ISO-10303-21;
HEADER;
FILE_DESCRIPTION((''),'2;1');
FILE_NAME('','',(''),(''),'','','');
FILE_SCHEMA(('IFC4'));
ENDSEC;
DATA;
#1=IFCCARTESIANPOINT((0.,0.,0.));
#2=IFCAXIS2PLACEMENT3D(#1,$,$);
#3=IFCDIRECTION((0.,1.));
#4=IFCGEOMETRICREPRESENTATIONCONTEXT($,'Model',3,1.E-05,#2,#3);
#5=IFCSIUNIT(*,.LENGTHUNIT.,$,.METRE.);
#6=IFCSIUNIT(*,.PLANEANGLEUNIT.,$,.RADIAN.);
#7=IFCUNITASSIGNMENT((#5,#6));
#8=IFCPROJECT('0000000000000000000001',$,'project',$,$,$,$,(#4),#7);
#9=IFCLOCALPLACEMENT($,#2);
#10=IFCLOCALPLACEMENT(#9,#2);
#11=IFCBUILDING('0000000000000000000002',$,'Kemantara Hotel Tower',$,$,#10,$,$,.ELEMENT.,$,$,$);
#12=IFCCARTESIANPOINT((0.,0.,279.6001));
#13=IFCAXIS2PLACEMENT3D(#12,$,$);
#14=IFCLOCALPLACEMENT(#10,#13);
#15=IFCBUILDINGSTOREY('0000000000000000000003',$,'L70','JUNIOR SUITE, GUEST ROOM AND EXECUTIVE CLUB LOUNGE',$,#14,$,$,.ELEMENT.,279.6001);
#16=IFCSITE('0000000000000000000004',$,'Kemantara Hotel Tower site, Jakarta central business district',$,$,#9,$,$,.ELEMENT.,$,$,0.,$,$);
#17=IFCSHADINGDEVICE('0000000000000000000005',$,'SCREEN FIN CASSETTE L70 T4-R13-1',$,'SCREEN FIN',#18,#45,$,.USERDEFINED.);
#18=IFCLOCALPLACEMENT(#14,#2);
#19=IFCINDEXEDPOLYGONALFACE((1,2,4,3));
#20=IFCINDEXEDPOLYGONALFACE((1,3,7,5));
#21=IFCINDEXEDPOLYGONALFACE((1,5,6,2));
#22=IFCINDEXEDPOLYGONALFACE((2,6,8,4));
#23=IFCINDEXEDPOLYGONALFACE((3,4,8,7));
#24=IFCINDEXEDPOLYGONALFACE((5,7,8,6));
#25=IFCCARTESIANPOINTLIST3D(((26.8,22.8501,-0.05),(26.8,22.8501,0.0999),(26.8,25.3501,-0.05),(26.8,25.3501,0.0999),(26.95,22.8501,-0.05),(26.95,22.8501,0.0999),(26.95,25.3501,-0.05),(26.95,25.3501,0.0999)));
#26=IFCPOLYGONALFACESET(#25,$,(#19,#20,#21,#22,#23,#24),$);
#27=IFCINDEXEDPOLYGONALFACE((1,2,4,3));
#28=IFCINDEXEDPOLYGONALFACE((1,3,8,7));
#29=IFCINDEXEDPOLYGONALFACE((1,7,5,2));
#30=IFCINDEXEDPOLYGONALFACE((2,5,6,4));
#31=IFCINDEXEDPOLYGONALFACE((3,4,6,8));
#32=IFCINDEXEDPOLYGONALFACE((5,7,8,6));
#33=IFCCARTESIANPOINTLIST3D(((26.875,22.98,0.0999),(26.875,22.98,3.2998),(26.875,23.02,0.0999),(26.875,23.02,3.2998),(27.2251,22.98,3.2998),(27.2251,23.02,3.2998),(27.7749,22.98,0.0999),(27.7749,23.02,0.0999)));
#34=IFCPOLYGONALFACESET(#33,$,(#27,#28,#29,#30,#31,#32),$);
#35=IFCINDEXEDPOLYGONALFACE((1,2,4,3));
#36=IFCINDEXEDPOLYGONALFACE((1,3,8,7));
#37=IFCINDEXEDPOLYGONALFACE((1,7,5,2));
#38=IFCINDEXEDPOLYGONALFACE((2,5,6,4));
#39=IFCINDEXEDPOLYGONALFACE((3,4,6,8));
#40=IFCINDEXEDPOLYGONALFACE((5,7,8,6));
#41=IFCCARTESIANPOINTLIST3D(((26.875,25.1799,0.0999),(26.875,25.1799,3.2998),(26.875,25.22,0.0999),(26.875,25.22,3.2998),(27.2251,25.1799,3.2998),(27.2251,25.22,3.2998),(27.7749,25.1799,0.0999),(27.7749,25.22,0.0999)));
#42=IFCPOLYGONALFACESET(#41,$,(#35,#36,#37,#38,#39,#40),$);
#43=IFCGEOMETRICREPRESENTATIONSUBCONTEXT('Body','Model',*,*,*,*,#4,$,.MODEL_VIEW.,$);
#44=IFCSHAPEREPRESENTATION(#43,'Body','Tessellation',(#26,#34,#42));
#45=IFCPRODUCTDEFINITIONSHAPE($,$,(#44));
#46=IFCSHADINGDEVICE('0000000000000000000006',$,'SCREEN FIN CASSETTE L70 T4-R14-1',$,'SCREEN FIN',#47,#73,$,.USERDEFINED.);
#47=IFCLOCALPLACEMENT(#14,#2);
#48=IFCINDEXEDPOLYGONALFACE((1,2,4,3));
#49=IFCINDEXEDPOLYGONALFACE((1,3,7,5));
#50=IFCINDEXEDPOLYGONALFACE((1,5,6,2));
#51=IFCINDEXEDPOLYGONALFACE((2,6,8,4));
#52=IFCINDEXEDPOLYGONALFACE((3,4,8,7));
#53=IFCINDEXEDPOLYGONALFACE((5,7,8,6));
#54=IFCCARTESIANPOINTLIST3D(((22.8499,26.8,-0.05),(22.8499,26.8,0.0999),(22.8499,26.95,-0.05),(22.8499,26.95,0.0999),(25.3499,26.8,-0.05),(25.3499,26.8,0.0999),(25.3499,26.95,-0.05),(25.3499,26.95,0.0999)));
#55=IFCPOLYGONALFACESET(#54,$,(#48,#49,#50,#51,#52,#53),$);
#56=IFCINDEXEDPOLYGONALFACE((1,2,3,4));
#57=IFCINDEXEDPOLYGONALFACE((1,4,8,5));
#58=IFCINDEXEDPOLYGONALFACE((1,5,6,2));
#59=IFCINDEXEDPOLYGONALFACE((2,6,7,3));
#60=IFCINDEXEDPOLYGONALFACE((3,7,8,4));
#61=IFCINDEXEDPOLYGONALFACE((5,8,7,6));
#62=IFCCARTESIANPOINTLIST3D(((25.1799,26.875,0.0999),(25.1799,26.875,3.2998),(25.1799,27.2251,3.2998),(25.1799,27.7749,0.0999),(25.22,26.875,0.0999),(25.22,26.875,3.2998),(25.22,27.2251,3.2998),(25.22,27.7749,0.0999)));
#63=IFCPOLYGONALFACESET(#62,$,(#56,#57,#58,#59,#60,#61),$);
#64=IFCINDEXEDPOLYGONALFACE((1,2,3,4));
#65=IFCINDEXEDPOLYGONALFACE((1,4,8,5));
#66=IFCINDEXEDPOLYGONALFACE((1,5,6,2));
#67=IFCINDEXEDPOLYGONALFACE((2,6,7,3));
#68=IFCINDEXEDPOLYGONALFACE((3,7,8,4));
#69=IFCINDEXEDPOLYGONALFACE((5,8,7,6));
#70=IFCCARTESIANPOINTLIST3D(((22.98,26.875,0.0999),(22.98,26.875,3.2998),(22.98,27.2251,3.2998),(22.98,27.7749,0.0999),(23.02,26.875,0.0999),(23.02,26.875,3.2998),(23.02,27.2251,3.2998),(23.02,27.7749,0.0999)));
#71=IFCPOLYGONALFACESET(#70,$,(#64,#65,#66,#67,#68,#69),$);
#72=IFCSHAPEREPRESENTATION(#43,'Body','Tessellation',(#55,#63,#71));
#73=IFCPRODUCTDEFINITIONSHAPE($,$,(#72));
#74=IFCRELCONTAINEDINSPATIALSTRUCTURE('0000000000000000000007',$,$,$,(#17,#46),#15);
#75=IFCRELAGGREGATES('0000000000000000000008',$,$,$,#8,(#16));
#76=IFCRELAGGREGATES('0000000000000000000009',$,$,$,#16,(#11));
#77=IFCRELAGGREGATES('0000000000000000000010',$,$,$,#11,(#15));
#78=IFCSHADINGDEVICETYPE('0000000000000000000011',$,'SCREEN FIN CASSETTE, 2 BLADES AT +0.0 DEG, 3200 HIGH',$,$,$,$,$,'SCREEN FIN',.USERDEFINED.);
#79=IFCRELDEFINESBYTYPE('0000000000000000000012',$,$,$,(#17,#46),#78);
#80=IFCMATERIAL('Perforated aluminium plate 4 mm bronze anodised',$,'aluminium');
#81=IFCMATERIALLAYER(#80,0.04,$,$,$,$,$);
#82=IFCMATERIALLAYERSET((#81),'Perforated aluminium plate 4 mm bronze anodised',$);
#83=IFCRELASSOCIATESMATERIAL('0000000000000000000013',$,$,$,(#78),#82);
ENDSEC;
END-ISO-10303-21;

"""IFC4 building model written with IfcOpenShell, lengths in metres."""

from ifc_helpers import new_model, si_unit, direction, frame, origin, origin_2d, place, context, subcontext, project, spatial, polyline, rectangle, outline, extrude, source, transform, mapped, material, layer, layer_set, type_object, element, save


model = new_model("IFC4")

# Units and contexts
model_context = context("Model", 3, precision=1e-05, world=origin(), true_north=direction((0.0, 1.0)))
body_context = subcontext(model_context, "Body", "Model", "MODEL_VIEW")
ifc_project = project(units=[si_unit("LENGTHUNIT", "METRE"), si_unit("PLANEANGLEUNIT", "RADIAN")], contexts=[model_context])

# Site, building, storey
site_placement = place(None, origin())
site = spatial("IfcSite", under=ifc_project, at=site_placement, Name="Kemantara Hotel Tower site, Jakarta central business district", CompositionType="ELEMENT", RefElevation=0.0)
building_placement = place(site_placement, origin())
building = spatial("IfcBuilding", under=site, at=building_placement, Name="Kemantara Hotel Tower", CompositionType="ELEMENT")
storey_placement = place(building_placement, frame((0.0, 0.0, 279.6001)))
storey = spatial("IfcBuildingStorey", under=building, at=storey_placement, Name="L70", Description="JUNIOR SUITE, GUEST ROOM AND EXECUTIVE CLUB LOUNGE", CompositionType="ELEMENT", Elevation=279.6001)

# Shading devices
ifc_material_1 = material(Name="Perforated aluminium plate 4 mm bronze anodised", Category="aluminium")
ifc_layer_1 = layer(ifc_material_1, 0.04)
ifc_layer_set_1 = layer_set([ifc_layer_1], Name="Perforated aluminium plate 4 mm bronze anodised")
shading_device_type_1 = type_object("IfcShadingDeviceType", Name="SCREEN FIN CASSETTE, 2 BLADES AT +0.0 DEG, 3200 HIGH", ElementType="SCREEN FIN", PredefinedType="USERDEFINED", material=ifc_layer_set_1)
shared_shape_1 = source(origin(), body_context, "Body", "SweptSolid", [
    extrude(rectangle(XDim=2.5, YDim=0.1499, at=origin_2d()), frame((1.1001, -0.075, -0.1499), z_axis=(0.0, 0.0, 1.0), x_axis=(1.0, 0.0, 0.0)), (0.0, 0.0, 1.0), 0.1499),
    extrude(outline(polyline([(0.0, 0.0), (0.8999, 0.0), (0.3501, 3.2), (0.0, 3.2), (0.0, 0.0)])), frame((0.02, -0.075, 0.0), z_axis=(-1.0, 0.0, 0.0), x_axis=(0.0, -1.0, 0.0)), (0.0, 0.0, 1.0), 0.04),
    extrude(outline(polyline([(0.0, 0.0), (0.8999, 0.0), (0.3501, 3.2), (0.0, 3.2), (0.0, 0.0)])), frame((2.22, -0.075, 0.0), z_axis=(-1.0, 0.0, 0.0), x_axis=(0.0, -1.0, 0.0)), (0.0, 0.0, 1.0), 0.04),
])
for number, where, z_axis, x_axis, name in (
    (1, (26.8, 23.0, 0.0999), (0.0, 0.0, 1.0), (0.0, 1.0, 0.0), "SCREEN FIN CASSETTE L70 T4-R13-1"),
    (2, (25.2, 26.8, 0.0999), (0.0, 0.0, 1.0), (-1.0, 0.0, 0.0), "SCREEN FIN CASSETTE L70 T4-R14-1"),
):
    element("IfcShadingDevice", number, at=place(storey_placement, frame(where, z_axis=z_axis, x_axis=x_axis)), inside=storey, type_object=shading_device_type_1, Name=name, ObjectType="SCREEN FIN", PredefinedType="USERDEFINED", context=body_context, shape_type="MappedRepresentation", body=[
        mapped(shared_shape_1, transform((0.0, 0.0, 0.0))),
    ])

save(model, "model.ifc")
